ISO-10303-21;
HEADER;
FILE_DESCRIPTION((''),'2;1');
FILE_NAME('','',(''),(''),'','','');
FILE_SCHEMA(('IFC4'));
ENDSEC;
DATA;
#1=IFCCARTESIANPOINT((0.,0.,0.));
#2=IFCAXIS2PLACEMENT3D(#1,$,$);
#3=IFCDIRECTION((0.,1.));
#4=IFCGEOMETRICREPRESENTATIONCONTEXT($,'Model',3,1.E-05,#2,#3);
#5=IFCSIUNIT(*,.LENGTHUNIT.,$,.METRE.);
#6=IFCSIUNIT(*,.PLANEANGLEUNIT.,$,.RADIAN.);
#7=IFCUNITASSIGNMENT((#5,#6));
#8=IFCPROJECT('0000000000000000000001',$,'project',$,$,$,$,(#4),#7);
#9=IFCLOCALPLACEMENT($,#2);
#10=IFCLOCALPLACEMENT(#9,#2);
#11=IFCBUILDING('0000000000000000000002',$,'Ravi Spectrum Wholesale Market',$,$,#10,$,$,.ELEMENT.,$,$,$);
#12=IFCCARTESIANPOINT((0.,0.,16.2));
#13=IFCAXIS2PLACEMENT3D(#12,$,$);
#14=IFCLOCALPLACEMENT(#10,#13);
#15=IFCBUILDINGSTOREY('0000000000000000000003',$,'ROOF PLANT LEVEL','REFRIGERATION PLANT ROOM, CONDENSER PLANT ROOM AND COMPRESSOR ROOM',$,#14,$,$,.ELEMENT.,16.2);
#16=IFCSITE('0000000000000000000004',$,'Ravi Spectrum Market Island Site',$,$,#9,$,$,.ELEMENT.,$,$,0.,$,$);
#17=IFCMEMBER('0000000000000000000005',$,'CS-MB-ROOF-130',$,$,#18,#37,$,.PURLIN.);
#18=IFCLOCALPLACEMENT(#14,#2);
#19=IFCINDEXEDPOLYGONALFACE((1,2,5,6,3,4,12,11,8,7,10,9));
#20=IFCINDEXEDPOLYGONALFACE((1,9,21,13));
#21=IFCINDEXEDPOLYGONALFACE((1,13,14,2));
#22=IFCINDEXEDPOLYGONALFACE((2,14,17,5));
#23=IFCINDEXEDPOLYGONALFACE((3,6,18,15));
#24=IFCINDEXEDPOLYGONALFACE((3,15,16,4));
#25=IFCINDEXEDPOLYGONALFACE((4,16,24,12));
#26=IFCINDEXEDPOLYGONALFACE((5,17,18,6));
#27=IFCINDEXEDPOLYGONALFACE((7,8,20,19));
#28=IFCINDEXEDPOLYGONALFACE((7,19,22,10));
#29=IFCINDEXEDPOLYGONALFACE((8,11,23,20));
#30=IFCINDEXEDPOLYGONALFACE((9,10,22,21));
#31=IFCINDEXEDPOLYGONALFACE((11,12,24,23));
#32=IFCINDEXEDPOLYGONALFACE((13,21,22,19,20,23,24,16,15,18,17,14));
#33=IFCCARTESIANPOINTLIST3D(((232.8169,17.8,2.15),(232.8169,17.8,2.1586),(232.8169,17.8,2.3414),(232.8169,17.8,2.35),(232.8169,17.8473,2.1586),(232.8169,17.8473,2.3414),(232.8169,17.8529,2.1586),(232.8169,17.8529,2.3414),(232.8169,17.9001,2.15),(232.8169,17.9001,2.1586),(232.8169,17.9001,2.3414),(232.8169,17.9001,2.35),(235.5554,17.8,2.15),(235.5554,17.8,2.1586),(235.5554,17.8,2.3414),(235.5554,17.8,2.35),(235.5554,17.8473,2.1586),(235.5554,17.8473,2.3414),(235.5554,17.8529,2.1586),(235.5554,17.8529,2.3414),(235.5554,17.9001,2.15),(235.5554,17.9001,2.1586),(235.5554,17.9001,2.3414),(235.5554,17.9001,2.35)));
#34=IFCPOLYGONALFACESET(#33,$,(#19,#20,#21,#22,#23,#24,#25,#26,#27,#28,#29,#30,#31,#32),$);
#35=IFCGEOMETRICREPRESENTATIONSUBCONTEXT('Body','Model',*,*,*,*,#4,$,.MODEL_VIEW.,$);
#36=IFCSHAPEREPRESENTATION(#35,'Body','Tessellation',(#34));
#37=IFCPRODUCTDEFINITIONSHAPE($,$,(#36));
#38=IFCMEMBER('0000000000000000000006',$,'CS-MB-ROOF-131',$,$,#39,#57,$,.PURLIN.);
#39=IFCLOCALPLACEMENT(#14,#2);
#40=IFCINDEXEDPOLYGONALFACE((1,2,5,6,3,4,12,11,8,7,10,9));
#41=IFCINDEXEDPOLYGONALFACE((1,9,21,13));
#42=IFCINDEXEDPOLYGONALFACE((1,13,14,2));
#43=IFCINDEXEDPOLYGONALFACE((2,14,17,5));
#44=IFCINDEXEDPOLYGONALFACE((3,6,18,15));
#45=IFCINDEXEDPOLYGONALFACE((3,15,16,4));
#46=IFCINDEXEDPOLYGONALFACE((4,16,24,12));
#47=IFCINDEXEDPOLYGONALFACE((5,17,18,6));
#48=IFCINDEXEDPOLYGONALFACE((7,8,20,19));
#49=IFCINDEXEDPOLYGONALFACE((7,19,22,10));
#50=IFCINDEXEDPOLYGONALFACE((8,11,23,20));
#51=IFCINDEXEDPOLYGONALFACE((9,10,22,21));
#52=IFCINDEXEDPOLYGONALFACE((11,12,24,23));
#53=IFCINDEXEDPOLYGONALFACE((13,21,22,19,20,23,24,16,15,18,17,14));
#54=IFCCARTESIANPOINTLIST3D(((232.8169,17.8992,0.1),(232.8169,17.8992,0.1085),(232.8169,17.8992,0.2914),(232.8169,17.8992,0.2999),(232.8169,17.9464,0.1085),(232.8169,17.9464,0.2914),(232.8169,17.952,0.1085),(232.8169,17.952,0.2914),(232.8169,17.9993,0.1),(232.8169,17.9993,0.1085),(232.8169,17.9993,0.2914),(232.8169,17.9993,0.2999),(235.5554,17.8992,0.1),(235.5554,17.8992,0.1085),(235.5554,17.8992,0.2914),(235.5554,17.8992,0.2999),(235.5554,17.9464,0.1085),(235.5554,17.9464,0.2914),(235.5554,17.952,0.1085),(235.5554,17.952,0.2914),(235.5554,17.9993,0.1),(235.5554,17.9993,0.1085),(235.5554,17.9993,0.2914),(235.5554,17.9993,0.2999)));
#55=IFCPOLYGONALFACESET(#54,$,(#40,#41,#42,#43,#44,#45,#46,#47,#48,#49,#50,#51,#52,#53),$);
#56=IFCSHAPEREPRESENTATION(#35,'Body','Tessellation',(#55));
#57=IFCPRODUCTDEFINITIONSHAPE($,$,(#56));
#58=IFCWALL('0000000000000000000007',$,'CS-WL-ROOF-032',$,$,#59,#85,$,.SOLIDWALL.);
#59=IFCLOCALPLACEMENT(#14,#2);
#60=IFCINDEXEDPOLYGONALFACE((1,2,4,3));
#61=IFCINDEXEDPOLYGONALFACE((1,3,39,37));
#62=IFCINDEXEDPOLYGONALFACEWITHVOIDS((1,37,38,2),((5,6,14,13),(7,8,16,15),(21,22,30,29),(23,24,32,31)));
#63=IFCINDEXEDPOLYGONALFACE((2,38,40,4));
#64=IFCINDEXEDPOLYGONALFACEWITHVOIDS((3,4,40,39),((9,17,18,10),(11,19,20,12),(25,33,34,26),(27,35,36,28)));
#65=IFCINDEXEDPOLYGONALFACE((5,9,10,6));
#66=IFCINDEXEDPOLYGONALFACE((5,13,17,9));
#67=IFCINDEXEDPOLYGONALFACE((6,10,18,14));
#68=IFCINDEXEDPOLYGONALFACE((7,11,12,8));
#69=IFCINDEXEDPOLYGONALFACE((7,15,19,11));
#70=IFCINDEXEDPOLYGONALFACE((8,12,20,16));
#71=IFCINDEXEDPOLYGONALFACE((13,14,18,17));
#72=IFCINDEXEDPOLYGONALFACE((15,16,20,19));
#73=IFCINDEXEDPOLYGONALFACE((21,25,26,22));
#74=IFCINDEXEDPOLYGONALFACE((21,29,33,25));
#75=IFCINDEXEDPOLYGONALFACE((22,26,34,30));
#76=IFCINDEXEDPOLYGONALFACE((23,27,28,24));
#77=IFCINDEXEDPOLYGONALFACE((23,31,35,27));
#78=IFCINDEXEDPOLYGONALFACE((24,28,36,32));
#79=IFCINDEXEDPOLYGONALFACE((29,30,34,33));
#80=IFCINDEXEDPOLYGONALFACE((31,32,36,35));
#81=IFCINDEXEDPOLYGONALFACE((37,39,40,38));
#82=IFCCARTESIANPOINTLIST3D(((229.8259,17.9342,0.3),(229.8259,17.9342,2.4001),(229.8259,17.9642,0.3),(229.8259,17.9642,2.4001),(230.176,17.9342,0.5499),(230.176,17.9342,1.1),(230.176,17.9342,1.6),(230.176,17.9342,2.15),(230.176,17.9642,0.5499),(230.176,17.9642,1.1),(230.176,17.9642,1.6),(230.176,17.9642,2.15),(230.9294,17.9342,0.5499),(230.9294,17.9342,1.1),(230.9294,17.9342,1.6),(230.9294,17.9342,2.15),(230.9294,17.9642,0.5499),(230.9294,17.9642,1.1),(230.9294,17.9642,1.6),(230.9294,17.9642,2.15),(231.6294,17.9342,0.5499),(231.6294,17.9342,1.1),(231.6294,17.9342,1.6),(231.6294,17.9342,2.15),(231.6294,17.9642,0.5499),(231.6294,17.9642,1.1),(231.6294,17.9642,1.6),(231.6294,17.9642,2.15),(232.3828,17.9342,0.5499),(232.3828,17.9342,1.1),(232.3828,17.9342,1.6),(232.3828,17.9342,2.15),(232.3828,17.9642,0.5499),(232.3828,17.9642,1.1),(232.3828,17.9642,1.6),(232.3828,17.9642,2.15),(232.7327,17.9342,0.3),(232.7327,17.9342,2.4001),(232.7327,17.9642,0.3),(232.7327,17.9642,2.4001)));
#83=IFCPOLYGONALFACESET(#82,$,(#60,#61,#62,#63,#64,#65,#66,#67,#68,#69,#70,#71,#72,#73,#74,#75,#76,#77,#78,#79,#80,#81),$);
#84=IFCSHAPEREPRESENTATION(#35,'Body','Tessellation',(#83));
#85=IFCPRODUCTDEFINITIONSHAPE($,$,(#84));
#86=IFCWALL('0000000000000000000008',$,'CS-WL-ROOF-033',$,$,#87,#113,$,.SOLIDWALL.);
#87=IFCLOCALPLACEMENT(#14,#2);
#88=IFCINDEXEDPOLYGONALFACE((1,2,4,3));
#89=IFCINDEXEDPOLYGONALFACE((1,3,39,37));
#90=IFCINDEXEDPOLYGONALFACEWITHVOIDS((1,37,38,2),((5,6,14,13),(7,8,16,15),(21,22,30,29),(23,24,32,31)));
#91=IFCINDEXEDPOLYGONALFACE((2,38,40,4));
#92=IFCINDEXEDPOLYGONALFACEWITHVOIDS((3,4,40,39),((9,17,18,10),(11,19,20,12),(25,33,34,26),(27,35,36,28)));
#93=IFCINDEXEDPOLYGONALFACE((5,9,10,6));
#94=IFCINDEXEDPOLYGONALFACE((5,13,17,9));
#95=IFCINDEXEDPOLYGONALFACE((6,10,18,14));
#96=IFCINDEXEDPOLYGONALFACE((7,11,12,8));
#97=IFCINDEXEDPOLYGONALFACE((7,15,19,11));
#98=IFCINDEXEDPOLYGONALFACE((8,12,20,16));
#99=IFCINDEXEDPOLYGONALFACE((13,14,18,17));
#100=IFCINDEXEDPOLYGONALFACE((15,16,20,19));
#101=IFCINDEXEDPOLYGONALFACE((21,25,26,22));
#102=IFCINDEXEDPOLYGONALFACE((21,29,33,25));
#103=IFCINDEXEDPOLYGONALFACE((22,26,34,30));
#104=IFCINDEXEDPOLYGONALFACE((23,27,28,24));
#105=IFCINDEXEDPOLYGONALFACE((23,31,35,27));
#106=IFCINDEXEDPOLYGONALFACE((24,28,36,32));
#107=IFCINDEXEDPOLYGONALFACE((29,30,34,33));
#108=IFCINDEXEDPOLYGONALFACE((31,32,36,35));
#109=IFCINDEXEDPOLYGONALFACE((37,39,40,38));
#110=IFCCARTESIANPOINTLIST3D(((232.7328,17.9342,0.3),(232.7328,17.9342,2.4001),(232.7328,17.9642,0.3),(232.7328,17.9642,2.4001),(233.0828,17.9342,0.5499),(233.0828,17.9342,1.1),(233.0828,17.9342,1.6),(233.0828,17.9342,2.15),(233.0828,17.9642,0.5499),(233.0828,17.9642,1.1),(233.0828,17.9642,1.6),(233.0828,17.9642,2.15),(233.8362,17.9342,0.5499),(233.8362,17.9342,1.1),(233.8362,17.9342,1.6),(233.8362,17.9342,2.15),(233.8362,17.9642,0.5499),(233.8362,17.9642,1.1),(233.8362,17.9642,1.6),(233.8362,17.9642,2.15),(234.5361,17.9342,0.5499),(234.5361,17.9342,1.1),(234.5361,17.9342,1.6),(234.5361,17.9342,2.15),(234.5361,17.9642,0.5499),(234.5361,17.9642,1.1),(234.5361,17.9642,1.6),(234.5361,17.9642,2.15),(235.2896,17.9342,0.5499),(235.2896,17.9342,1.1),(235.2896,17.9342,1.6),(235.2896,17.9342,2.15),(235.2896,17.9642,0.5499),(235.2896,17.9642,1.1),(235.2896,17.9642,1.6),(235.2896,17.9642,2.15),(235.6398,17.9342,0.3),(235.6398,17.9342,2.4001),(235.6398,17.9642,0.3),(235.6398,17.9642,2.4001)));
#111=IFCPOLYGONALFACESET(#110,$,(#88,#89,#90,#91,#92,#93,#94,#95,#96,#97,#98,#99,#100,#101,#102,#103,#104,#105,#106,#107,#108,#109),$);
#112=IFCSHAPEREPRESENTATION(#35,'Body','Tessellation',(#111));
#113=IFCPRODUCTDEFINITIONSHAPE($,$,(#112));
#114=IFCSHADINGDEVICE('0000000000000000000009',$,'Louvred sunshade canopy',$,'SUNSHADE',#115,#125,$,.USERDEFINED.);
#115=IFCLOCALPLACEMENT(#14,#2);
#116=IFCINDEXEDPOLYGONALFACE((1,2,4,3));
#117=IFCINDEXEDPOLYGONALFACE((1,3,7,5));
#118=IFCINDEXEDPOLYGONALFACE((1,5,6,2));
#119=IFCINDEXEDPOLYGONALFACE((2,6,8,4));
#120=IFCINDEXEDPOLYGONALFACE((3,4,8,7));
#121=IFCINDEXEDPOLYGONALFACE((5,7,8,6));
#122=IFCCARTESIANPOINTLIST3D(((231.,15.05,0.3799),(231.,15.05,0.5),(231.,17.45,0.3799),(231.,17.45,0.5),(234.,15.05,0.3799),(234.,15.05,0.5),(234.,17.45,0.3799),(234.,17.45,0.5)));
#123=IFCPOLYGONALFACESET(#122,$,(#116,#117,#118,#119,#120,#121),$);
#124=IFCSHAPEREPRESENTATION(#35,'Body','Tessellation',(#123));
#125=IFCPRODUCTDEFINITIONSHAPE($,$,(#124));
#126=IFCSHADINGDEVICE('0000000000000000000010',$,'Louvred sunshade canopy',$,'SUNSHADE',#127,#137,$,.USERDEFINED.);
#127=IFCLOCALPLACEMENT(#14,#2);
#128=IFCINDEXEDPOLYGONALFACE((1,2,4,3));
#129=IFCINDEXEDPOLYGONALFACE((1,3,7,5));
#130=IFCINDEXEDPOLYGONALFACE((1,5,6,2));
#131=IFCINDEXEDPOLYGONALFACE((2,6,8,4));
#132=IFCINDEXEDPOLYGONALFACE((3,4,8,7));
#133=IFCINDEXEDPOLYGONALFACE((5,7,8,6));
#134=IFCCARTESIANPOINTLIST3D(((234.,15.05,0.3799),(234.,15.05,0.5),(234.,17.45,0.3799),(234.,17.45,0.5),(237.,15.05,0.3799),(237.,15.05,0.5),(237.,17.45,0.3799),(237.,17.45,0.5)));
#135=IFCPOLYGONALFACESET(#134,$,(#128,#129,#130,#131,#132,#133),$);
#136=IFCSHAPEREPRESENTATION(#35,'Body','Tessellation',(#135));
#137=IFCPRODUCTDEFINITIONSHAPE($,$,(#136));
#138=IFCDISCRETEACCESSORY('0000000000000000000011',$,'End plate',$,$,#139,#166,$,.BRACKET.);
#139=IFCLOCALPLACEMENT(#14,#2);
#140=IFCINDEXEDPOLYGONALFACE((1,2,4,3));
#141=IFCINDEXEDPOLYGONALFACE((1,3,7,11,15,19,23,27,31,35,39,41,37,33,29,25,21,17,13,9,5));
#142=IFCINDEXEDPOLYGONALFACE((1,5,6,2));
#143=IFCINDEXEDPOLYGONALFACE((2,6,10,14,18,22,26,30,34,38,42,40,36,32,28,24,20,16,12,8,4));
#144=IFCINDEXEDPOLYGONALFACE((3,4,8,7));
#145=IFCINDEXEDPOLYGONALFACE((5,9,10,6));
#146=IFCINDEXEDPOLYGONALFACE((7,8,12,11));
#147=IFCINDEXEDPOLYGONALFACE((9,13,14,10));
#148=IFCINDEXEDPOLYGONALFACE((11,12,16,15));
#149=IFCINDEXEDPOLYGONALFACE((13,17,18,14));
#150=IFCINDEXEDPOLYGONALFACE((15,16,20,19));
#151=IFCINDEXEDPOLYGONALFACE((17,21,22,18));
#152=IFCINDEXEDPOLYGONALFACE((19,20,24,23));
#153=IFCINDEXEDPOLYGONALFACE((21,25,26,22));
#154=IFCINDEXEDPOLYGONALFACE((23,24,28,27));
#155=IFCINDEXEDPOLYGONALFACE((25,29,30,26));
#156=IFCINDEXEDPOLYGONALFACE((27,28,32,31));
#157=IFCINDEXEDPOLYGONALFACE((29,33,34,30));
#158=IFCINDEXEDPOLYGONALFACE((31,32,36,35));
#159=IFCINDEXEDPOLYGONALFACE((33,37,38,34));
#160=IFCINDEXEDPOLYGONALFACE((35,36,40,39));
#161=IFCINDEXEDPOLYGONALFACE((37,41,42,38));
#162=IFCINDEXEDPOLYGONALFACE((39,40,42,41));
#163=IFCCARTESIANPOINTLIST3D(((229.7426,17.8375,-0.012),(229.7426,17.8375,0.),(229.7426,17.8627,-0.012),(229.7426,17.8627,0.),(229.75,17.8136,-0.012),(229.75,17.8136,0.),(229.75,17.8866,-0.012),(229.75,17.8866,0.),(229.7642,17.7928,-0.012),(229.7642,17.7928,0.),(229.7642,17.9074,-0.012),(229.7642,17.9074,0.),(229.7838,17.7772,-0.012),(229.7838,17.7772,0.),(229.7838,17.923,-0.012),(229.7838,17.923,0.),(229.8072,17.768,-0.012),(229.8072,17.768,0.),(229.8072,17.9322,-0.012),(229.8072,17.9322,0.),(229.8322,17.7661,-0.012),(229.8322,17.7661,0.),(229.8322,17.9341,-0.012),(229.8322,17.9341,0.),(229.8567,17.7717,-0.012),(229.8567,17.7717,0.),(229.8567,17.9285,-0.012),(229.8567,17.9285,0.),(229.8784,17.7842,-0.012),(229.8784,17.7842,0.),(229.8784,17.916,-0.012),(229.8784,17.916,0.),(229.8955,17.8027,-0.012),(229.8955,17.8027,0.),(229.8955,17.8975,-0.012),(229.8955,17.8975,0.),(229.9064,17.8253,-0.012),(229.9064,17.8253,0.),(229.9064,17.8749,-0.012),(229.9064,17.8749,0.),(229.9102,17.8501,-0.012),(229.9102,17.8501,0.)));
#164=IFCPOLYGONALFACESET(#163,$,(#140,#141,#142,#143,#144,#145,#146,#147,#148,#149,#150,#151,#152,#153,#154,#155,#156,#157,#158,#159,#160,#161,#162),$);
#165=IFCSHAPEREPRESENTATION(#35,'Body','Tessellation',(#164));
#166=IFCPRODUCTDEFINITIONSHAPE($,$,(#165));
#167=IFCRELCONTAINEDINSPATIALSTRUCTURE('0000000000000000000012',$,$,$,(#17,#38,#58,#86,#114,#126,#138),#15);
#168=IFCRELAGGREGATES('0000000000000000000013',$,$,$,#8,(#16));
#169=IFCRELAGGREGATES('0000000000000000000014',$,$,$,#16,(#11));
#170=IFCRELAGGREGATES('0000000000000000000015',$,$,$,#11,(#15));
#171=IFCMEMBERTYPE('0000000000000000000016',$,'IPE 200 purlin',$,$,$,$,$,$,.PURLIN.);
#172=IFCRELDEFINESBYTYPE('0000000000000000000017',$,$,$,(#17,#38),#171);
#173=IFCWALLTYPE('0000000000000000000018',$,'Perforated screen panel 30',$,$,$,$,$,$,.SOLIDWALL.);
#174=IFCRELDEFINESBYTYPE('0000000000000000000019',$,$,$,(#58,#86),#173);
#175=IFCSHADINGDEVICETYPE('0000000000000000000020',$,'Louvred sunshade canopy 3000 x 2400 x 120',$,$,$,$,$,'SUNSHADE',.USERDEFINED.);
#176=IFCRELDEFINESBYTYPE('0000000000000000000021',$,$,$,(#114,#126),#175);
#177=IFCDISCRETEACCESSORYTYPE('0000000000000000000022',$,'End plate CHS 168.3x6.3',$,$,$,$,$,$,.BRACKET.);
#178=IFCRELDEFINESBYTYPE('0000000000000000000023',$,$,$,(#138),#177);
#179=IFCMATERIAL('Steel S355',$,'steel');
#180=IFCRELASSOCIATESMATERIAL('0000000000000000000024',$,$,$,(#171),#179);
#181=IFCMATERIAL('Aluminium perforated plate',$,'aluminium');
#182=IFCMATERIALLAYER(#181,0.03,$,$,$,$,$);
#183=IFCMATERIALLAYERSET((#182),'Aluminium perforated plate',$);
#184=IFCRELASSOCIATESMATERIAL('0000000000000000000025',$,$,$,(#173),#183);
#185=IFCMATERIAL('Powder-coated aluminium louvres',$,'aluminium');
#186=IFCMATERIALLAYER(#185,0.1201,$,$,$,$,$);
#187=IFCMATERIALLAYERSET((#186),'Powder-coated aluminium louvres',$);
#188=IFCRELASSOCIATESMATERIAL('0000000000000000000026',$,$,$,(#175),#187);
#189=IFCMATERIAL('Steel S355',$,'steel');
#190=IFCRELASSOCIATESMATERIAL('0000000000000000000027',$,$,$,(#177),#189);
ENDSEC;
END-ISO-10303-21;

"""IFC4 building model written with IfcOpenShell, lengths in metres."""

from ifc_helpers import new_model, si_unit, direction, frame, frame_2d, origin, origin_2d, place, context, subcontext, project, spatial, rectangle, circle, i_section, extrude, material, layer, layer_set, material_profile, profile_set, type_object, element, save


model = new_model("IFC4")

# Units and contexts
model_context = context("Model", 3, precision=1e-05, world=origin(), true_north=direction((0.0, 1.0)))
body_context = subcontext(model_context, "Body", "Model", "MODEL_VIEW")
ifc_project = project(units=[si_unit("LENGTHUNIT", "METRE"), si_unit("PLANEANGLEUNIT", "RADIAN")], contexts=[model_context])

# Site, building, storey
site_placement = place(None, origin())
site = spatial("IfcSite", under=ifc_project, at=site_placement, Name="Ravi Spectrum Market Island Site", CompositionType="ELEMENT", RefElevation=0.0)
building_placement = place(site_placement, origin())
building = spatial("IfcBuilding", under=site, at=building_placement, Name="Ravi Spectrum Wholesale Market", CompositionType="ELEMENT")
storey_placement = place(building_placement, frame((0.0, 0.0, 16.2)))
storey = spatial("IfcBuildingStorey", under=building, at=storey_placement, Name="ROOF PLANT LEVEL", Description="REFRIGERATION PLANT ROOM, CONDENSER PLANT ROOM AND COMPRESSOR ROOM", CompositionType="ELEMENT", Elevation=16.2)

# Members
ifc_material_1 = material(Name="Steel S355", Category="steel")
ifc_material_profile_1 = material_profile(ifc_material_1, i_section(OverallWidth=0.1001, OverallDepth=0.2, WebThickness=0.0056, FlangeThickness=0.0085, at=origin_2d()))
ifc_profile_set_1 = profile_set([ifc_material_profile_1], Name="Steel S355")
member_type_1 = type_object("IfcMemberType", Name="IPE 200 purlin", PredefinedType="PURLIN", material=ifc_profile_set_1)
for number, where, z_axis, x_axis, name in (
    (1, (232.8169, 17.8501, 2.25), (1.0, 0.0, 0.0), (0.0, 1.0, 0.0), "CS-MB-ROOF-130"),
    (2, (232.8169, 17.9492, 0.2), (1.0, 0.0, 0.0), (0.0, 1.0, 0.0), "CS-MB-ROOF-131"),
):
    element("IfcMember", number, at=place(storey_placement, frame(where, z_axis=z_axis, x_axis=x_axis)), inside=storey, type_object=member_type_1, Name=name, PredefinedType="PURLIN", context=body_context, shape_type="SweptSolid", body=[
        extrude(i_section(OverallWidth=0.1001, OverallDepth=0.2, WebThickness=0.0056, FlangeThickness=0.0085, at=origin_2d()), origin(), (0.0, 0.0, 1.0), 2.7385),
    ])

# Walls, openings
ifc_material_2 = material(Name="Aluminium perforated plate", Category="aluminium")
ifc_layer_1 = layer(ifc_material_2, 0.03)
ifc_layer_set_1 = layer_set([ifc_layer_1], Name="Aluminium perforated plate")
wall_type = type_object("IfcWallType", Name="Perforated screen panel 30", PredefinedType="SOLIDWALL", material=ifc_layer_set_1)
wall_1_placement = place(storey_placement, frame((229.8259, 17.9492, 0.3), z_axis=(0.0, 0.0, 1.0), x_axis=(1.0, 0.0, 0.0)))
wall_1 = element("IfcWall", 3, at=wall_1_placement, inside=storey, type_object=wall_type, Name="CS-WL-ROOF-032", PredefinedType="SOLIDWALL", context=body_context, shape_type="SweptSolid", body=[
    extrude(rectangle(XDim=2.9067, YDim=0.03, at=frame_2d((1.4534, 0.0))), origin(), (0.0, 0.0, 1.0), 2.1001),
])
opening_1_placement = place(wall_1_placement, frame((0.3501, 0.0, 0.25)))
element("IfcOpeningElement", 4, at=opening_1_placement, cuts=wall_1, PredefinedType="OPENING", context=body_context, shape_type="SweptSolid", body=[
    extrude(rectangle(XDim=0.7534, YDim=0.55, at=frame_2d((0.3767, 0.2749))), frame((0.0, 0.0249, 0.0), z_axis=(0.0, -1.0, 0.0), x_axis=(1.0, 0.0, 0.0)), (0.0, 0.0, 1.0), 0.05),
])
opening_2_placement = place(wall_1_placement, frame((0.3501, 0.0, 1.3)))
element("IfcOpeningElement", 5, at=opening_2_placement, cuts=wall_1, PredefinedType="OPENING", context=body_context, shape_type="SweptSolid", body=[
    extrude(rectangle(XDim=0.7534, YDim=0.55, at=frame_2d((0.3767, 0.2749))), frame((0.0, 0.0249, 0.0), z_axis=(0.0, -1.0, 0.0), x_axis=(1.0, 0.0, 0.0)), (0.0, 0.0, 1.0), 0.05),
])
opening_3_placement = place(wall_1_placement, frame((1.8035, 0.0, 0.25)))
element("IfcOpeningElement", 6, at=opening_3_placement, cuts=wall_1, PredefinedType="OPENING", context=body_context, shape_type="SweptSolid", body=[
    extrude(rectangle(XDim=0.7534, YDim=0.55, at=frame_2d((0.3767, 0.2749))), frame((0.0, 0.0249, 0.0), z_axis=(0.0, -1.0, 0.0), x_axis=(1.0, 0.0, 0.0)), (0.0, 0.0, 1.0), 0.05),
])
opening_4_placement = place(wall_1_placement, frame((1.8035, 0.0, 1.3)))
element("IfcOpeningElement", 7, at=opening_4_placement, cuts=wall_1, PredefinedType="OPENING", context=body_context, shape_type="SweptSolid", body=[
    extrude(rectangle(XDim=0.7534, YDim=0.55, at=frame_2d((0.3767, 0.2749))), frame((0.0, 0.0249, 0.0), z_axis=(0.0, -1.0, 0.0), x_axis=(1.0, 0.0, 0.0)), (0.0, 0.0, 1.0), 0.05),
])
wall_2_placement = place(storey_placement, frame((232.7327, 17.9492, 0.3), z_axis=(0.0, 0.0, 1.0), x_axis=(1.0, 0.0, 0.0)))
wall_2 = element("IfcWall", 8, at=wall_2_placement, inside=storey, type_object=wall_type, Name="CS-WL-ROOF-033", PredefinedType="SOLIDWALL", context=body_context, shape_type="SweptSolid", body=[
    extrude(rectangle(XDim=2.907, YDim=0.03, at=frame_2d((1.4536, 0.0))), origin(), (0.0, 0.0, 1.0), 2.1001),
])
opening_5_placement = place(wall_2_placement, frame((0.3501, 0.0, 0.25)))
element("IfcOpeningElement", 9, at=opening_5_placement, cuts=wall_2, PredefinedType="OPENING", context=body_context, shape_type="SweptSolid", body=[
    extrude(rectangle(XDim=0.7534, YDim=0.55, at=frame_2d((0.3767, 0.2749))), frame((0.0, 0.0249, 0.0), z_axis=(0.0, -1.0, 0.0), x_axis=(1.0, 0.0, 0.0)), (0.0, 0.0, 1.0), 0.05),
])
opening_6_placement = place(wall_2_placement, frame((0.3501, 0.0, 1.3)))
element("IfcOpeningElement", 10, at=opening_6_placement, cuts=wall_2, PredefinedType="OPENING", context=body_context, shape_type="SweptSolid", body=[
    extrude(rectangle(XDim=0.7534, YDim=0.55, at=frame_2d((0.3767, 0.2749))), frame((0.0, 0.0249, 0.0), z_axis=(0.0, -1.0, 0.0), x_axis=(1.0, 0.0, 0.0)), (0.0, 0.0, 1.0), 0.05),
])
opening_7_placement = place(wall_2_placement, frame((1.8035, 0.0, 0.25)))
element("IfcOpeningElement", 11, at=opening_7_placement, cuts=wall_2, PredefinedType="OPENING", context=body_context, shape_type="SweptSolid", body=[
    extrude(rectangle(XDim=0.7534, YDim=0.55, at=frame_2d((0.3767, 0.2749))), frame((0.0, 0.0249, 0.0), z_axis=(0.0, -1.0, 0.0), x_axis=(1.0, 0.0, 0.0)), (0.0, 0.0, 1.0), 0.05),
])
opening_8_placement = place(wall_2_placement, frame((1.8035, 0.0, 1.3)))
element("IfcOpeningElement", 12, at=opening_8_placement, cuts=wall_2, PredefinedType="OPENING", context=body_context, shape_type="SweptSolid", body=[
    extrude(rectangle(XDim=0.7534, YDim=0.55, at=frame_2d((0.3767, 0.2749))), frame((0.0, 0.0249, 0.0), z_axis=(0.0, -1.0, 0.0), x_axis=(1.0, 0.0, 0.0)), (0.0, 0.0, 1.0), 0.05),
])

# Shading devices
ifc_material_3 = material(Name="Powder-coated aluminium louvres", Category="aluminium")
ifc_layer_2 = layer(ifc_material_3, 0.1201)
ifc_layer_set_2 = layer_set([ifc_layer_2], Name="Powder-coated aluminium louvres")
shading_device_type = type_object("IfcShadingDeviceType", Name="Louvred sunshade canopy 3000 x 2400 x 120", ElementType="SUNSHADE", PredefinedType="USERDEFINED", material=ifc_layer_set_2)
for number, where, z_axis, x_axis, name in (
    (13, (232.5, 16.25, 0.3799), (0.0, 0.0, 1.0), (1.0, 0.0, 0.0), "Louvred sunshade canopy"),
    (14, (235.5, 16.25, 0.3799), (0.0, 0.0, 1.0), (1.0, 0.0, 0.0), "Louvred sunshade canopy"),
):
    element("IfcShadingDevice", number, at=place(storey_placement, frame(where, z_axis=z_axis, x_axis=x_axis)), inside=storey, type_object=shading_device_type, Name=name, ObjectType="SUNSHADE", PredefinedType="USERDEFINED", context=body_context, shape_type="SweptSolid", body=[
        extrude(rectangle(XDim=3.0, YDim=2.3999, at=origin_2d()), origin(), (0.0, 0.0, 1.0), 0.1201),
    ])

# Discrete accessory
ifc_material_4 = material(Name="Steel S355", Category="steel")
ifc_material_profile_2 = material_profile(ifc_material_4, circle(Radius=0.0842, at=origin_2d()))
ifc_profile_set_2 = profile_set([ifc_material_profile_2], Name="Steel S355")
discrete_accessory_type_1 = type_object("IfcDiscreteAccessoryType", Name="End plate CHS 168.3x6.3", PredefinedType="BRACKET", material=ifc_profile_set_2)
for number, where, z_axis, x_axis, name in (
    (15, (229.8259, 17.8501, 0.0), (0.0, 0.0, -1.0), (1.0, 0.0, 0.0), "End plate"),
):
    element("IfcDiscreteAccessory", number, at=place(storey_placement, frame(where, z_axis=z_axis, x_axis=x_axis)), inside=storey, type_object=discrete_accessory_type_1, Name=name, PredefinedType="BRACKET", context=body_context, shape_type="SweptSolid", body=[
        extrude(circle(Radius=0.0842, at=origin_2d()), origin(), (0.0, 0.0, 1.0), 0.012),
    ])

save(model, "model.ifc")
